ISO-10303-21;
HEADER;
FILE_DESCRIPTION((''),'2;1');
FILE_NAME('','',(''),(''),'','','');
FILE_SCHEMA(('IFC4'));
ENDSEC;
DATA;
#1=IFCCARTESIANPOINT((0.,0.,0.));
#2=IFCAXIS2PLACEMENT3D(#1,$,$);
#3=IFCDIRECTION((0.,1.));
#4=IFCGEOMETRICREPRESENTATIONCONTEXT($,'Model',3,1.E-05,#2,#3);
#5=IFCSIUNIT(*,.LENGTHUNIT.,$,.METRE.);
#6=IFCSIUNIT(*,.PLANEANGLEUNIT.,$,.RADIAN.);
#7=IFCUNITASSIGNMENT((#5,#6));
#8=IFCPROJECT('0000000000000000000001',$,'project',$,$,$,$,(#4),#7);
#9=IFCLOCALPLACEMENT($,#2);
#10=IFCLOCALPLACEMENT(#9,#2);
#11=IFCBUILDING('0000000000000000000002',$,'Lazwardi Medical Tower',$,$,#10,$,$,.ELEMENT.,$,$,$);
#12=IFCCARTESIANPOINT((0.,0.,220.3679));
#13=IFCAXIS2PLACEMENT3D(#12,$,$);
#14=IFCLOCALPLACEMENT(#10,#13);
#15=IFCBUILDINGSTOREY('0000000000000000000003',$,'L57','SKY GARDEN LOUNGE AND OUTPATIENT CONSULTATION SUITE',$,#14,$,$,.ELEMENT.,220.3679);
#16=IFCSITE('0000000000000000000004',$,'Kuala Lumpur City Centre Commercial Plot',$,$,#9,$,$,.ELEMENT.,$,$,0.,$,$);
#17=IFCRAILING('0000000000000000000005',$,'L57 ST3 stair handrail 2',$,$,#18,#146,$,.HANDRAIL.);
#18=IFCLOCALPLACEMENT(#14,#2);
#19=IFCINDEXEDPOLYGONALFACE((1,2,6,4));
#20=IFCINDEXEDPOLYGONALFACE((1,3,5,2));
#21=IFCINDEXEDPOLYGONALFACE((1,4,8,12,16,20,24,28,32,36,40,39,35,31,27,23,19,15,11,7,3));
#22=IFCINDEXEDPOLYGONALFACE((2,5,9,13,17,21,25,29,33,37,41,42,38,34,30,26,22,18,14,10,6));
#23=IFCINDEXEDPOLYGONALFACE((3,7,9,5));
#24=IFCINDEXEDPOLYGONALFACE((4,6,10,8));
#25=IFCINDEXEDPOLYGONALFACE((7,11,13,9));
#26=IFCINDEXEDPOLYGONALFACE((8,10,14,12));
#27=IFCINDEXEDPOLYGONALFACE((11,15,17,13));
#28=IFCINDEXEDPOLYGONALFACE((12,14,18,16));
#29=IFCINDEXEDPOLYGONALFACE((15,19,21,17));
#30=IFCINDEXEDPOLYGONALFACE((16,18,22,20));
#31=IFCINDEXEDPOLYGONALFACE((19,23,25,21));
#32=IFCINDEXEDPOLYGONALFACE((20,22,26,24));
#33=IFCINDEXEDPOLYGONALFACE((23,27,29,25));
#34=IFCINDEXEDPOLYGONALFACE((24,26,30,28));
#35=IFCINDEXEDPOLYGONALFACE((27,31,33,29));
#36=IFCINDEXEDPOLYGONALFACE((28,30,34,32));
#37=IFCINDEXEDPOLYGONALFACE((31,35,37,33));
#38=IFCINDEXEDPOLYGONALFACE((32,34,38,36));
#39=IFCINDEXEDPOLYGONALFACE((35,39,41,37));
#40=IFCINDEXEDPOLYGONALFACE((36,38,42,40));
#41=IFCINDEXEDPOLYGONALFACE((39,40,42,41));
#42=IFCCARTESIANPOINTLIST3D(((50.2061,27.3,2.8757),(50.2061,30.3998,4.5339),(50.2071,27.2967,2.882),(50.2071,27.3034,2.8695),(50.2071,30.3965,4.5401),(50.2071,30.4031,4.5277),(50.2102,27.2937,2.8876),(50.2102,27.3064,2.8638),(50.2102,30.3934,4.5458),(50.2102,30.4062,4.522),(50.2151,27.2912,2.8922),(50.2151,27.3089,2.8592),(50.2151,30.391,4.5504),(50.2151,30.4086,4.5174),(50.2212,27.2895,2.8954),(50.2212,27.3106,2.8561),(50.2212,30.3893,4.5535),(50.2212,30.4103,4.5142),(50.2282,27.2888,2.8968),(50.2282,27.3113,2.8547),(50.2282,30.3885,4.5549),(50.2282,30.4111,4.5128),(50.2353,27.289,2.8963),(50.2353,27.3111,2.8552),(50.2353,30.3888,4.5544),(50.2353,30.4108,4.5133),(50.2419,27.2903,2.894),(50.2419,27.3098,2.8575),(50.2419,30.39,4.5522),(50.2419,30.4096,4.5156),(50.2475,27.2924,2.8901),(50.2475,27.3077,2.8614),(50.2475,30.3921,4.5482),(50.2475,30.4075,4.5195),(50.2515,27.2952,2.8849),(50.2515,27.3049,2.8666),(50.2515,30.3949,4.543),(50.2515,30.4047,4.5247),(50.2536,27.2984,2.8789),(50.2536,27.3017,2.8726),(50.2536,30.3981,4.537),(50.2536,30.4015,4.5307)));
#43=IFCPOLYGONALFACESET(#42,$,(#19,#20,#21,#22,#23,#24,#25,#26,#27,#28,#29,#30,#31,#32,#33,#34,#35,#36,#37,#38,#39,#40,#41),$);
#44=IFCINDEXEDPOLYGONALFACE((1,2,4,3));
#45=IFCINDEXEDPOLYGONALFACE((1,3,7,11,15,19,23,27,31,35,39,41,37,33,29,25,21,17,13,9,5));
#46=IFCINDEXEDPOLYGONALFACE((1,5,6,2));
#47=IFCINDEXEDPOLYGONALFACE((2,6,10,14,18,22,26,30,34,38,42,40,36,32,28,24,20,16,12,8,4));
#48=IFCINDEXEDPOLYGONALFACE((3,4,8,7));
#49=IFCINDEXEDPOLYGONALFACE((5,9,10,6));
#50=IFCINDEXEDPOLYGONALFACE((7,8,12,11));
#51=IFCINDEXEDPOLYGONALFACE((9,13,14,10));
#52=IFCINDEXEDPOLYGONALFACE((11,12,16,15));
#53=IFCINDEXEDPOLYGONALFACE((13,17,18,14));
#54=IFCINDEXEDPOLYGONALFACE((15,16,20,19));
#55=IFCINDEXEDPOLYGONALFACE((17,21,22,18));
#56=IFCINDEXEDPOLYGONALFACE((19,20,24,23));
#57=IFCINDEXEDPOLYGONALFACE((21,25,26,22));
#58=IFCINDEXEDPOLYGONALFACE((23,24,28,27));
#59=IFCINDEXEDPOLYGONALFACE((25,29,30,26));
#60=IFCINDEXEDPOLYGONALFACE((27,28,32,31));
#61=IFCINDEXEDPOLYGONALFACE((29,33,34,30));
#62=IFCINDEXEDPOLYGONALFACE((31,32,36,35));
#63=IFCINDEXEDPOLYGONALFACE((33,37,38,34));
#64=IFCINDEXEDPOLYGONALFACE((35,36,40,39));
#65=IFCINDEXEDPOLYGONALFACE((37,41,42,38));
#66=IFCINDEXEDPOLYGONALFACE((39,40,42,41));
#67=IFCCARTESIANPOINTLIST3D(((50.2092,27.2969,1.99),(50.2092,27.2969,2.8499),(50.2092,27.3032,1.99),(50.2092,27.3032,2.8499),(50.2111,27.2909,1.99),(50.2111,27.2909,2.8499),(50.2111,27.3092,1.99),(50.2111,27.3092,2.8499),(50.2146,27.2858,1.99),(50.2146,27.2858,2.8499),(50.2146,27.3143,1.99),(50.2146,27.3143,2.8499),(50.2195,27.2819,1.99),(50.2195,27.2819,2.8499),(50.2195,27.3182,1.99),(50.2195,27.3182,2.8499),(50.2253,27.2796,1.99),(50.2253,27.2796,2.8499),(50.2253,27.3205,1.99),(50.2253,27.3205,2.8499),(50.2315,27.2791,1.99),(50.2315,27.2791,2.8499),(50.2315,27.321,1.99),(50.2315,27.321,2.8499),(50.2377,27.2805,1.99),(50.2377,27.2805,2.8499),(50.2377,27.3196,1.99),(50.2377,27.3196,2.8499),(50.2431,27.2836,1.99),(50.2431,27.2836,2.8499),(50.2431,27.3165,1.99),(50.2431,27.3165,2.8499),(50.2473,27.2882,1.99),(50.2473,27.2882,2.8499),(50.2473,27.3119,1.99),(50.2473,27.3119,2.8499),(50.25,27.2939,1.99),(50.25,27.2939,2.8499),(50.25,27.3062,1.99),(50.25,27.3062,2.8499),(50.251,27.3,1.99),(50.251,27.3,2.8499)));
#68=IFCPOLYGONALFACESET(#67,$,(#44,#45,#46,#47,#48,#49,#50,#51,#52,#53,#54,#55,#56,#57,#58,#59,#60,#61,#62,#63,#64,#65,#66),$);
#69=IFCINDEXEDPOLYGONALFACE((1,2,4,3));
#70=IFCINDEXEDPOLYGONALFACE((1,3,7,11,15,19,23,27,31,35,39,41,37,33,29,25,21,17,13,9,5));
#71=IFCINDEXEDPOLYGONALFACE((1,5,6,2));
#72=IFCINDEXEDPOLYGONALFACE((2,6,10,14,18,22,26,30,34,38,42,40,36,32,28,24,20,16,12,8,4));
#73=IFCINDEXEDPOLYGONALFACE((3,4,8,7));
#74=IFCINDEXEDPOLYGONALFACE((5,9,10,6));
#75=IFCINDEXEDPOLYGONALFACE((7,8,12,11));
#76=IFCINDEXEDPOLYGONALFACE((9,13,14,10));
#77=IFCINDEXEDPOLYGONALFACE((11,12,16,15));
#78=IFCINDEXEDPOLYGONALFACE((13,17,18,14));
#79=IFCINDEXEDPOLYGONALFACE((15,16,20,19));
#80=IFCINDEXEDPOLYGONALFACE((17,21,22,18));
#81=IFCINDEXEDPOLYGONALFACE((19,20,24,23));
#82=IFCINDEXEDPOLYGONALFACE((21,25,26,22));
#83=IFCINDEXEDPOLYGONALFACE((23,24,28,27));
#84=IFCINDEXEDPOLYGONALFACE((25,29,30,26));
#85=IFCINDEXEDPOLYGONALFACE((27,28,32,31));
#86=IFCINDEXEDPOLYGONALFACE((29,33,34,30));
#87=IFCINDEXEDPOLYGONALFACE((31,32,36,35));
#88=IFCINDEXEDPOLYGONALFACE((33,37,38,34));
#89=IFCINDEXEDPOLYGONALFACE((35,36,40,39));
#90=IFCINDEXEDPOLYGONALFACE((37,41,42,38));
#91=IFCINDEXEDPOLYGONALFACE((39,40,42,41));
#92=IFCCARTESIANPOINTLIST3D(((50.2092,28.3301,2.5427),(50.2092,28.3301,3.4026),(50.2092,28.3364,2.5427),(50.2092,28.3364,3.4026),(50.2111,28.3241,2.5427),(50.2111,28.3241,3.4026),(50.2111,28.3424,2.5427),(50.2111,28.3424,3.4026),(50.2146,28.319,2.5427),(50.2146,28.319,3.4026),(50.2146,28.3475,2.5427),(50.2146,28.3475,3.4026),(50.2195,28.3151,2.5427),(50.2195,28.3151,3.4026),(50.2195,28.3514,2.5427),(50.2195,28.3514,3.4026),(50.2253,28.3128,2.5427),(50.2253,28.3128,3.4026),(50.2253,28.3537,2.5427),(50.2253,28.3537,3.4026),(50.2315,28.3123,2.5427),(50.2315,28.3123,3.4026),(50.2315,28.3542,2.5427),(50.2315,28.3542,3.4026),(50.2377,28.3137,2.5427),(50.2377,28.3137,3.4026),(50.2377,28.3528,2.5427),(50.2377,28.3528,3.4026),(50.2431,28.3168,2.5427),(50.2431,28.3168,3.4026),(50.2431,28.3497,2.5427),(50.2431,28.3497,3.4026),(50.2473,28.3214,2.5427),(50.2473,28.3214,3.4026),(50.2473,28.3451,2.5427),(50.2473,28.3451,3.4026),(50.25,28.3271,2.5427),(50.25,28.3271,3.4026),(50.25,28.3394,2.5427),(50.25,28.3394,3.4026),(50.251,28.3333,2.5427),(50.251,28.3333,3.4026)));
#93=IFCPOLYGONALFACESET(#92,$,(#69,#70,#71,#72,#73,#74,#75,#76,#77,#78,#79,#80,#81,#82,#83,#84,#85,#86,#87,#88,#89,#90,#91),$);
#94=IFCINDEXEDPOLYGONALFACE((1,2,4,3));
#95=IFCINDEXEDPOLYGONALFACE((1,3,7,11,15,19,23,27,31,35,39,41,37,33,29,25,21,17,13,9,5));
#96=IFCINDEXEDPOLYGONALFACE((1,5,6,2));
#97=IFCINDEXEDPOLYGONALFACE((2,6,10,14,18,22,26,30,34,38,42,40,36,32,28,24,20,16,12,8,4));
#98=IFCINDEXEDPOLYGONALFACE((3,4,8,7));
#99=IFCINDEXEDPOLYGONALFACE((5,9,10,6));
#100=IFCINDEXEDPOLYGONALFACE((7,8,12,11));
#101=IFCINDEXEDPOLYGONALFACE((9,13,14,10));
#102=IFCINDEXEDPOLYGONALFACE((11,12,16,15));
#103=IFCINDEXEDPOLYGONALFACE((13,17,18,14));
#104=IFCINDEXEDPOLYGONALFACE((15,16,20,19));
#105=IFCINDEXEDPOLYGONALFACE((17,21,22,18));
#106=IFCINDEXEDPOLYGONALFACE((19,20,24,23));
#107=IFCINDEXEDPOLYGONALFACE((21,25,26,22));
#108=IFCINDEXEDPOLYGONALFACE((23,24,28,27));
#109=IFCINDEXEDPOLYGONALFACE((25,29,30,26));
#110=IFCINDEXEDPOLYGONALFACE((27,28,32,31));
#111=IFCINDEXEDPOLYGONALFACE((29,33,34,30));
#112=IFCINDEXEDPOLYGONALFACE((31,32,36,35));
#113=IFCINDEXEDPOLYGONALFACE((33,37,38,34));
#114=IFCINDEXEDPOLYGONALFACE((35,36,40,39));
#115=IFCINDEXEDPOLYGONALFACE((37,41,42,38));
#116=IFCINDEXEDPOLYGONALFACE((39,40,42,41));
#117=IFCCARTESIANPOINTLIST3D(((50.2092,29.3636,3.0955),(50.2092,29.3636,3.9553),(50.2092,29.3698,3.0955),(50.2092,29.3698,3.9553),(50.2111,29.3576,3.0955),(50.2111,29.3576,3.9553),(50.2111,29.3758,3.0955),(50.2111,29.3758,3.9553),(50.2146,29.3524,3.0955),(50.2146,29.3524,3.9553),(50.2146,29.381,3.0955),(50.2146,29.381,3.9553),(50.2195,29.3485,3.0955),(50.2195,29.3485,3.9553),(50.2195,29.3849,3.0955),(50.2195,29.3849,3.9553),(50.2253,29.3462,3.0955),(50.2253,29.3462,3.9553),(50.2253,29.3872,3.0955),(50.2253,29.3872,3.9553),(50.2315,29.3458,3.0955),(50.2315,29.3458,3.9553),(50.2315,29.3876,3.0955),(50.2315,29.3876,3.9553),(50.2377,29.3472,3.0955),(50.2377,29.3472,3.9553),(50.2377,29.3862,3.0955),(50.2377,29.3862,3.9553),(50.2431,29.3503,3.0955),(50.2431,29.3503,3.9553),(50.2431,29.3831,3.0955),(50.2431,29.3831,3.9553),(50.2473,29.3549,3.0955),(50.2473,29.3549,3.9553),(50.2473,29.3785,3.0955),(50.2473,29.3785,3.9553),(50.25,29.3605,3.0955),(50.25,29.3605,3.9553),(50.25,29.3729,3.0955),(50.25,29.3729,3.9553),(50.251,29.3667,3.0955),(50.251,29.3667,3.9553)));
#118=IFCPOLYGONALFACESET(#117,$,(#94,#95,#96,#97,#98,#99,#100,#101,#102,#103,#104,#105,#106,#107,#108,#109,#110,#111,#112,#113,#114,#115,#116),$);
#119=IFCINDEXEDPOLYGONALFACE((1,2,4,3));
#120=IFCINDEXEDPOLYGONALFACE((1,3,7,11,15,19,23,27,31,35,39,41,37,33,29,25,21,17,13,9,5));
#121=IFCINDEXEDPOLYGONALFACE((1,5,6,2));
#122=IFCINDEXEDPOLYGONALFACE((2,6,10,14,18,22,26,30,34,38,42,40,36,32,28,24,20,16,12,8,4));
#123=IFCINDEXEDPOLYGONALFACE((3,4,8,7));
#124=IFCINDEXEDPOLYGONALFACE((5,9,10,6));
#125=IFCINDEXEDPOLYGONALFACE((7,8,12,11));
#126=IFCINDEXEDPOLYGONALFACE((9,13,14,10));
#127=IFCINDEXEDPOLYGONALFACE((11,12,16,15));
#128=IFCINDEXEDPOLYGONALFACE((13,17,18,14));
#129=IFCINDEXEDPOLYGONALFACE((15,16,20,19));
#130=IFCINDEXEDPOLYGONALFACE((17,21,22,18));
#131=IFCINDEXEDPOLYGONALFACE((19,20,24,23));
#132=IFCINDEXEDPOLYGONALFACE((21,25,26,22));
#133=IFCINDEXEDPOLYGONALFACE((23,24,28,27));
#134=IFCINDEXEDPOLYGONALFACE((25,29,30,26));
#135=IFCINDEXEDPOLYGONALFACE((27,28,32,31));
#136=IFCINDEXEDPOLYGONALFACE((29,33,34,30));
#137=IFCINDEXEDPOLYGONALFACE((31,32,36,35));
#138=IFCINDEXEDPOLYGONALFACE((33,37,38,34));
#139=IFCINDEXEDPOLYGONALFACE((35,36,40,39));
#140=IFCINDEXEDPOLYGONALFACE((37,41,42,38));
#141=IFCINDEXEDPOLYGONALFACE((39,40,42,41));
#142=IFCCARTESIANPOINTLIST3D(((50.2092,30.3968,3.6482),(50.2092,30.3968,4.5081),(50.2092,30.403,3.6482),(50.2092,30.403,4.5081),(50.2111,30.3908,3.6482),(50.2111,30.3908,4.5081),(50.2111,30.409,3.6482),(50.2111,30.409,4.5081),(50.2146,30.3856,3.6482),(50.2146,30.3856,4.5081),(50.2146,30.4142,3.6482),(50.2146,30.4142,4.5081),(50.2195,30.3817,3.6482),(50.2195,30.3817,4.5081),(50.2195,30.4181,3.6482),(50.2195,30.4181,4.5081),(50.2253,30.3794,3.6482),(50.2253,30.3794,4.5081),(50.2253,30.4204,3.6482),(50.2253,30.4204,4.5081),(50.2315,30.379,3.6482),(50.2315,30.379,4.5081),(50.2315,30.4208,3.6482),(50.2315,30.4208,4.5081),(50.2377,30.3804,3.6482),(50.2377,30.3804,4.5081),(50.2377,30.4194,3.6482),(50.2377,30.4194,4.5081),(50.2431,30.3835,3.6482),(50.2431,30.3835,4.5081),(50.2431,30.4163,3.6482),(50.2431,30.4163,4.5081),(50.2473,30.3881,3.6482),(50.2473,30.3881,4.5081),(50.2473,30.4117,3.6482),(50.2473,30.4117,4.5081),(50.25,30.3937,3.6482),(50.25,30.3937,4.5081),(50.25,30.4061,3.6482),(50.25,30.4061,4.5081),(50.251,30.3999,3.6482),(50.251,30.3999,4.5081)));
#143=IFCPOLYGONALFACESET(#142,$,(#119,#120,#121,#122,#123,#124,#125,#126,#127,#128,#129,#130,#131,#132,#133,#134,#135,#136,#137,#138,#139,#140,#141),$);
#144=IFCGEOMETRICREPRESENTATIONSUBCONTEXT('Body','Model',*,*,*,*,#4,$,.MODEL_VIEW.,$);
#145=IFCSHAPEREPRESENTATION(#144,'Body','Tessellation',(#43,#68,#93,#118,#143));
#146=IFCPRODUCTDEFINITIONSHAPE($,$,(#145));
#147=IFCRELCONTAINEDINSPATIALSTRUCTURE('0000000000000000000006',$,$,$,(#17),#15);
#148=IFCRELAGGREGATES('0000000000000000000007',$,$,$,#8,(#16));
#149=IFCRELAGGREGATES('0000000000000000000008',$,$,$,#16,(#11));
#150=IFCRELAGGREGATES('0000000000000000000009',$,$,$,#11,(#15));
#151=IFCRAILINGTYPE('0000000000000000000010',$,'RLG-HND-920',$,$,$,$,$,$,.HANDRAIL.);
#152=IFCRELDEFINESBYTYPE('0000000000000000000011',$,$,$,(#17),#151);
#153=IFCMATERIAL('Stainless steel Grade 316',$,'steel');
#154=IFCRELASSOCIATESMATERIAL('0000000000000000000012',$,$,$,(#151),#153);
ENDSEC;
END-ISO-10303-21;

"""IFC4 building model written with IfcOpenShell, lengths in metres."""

from ifc_helpers import new_model, si_unit, direction, frame, origin, origin_2d, place, context, subcontext, project, spatial, circle, extrude, material, type_object, element, save


model = new_model("IFC4")

# Units and contexts
model_context = context("Model", 3, precision=1e-05, world=origin(), true_north=direction((0.0, 1.0)))
body_context = subcontext(model_context, "Body", "Model", "MODEL_VIEW")
ifc_project = project(units=[si_unit("LENGTHUNIT", "METRE"), si_unit("PLANEANGLEUNIT", "RADIAN")], contexts=[model_context])

# Site, building, storey
site_placement = place(None, origin())
site = spatial("IfcSite", under=ifc_project, at=site_placement, Name="Kuala Lumpur City Centre Commercial Plot", CompositionType="ELEMENT", RefElevation=0.0)
building_placement = place(site_placement, origin())
building = spatial("IfcBuilding", under=site, at=building_placement, Name="Lazwardi Medical Tower", CompositionType="ELEMENT")
storey_placement = place(building_placement, frame((0.0, 0.0, 220.3679)))
storey = spatial("IfcBuildingStorey", under=building, at=storey_placement, Name="L57", Description="SKY GARDEN LOUNGE AND OUTPATIENT CONSULTATION SUITE", CompositionType="ELEMENT", Elevation=220.3679)

# Railing
ifc_material_1 = material(Name="Stainless steel Grade 316", Category="steel")
railing_type_1 = type_object("IfcRailingType", Name="RLG-HND-920", PredefinedType="HANDRAIL", material=ifc_material_1)
railing_1_placement = place(storey_placement, frame((50.23, 27.3, 1.99)))
element("IfcRailing", 1, at=railing_1_placement, inside=storey, type_object=railing_type_1, Name="L57 ST3 stair handrail 2", PredefinedType="HANDRAIL", context=body_context, shape_type="SweptSolid", body=[
    extrude(circle(Radius=0.0239, at=origin_2d()), frame((0.0, 0.0, 0.8857), z_axis=(0.0, 0.881768, 0.471684), x_axis=(-1.0, 0.0, 0.0)), (0.0, 0.0, 1.0), 3.5154),
    extrude(circle(Radius=0.021, at=origin_2d()), origin(), (0.0, 0.0, 1.0), 0.8599),
    extrude(circle(Radius=0.021, at=origin_2d()), frame((0.0, 1.0332, 0.5527)), (0.0, 0.0, 1.0), 0.8599),
    extrude(circle(Radius=0.021, at=origin_2d()), frame((0.0, 2.0667, 1.1055)), (0.0, 0.0, 1.0), 0.8599),
    extrude(circle(Radius=0.021, at=origin_2d()), frame((0.0, 3.0999, 1.6582)), (0.0, 0.0, 1.0), 0.8599),
])

save(model, "model.ifc")
